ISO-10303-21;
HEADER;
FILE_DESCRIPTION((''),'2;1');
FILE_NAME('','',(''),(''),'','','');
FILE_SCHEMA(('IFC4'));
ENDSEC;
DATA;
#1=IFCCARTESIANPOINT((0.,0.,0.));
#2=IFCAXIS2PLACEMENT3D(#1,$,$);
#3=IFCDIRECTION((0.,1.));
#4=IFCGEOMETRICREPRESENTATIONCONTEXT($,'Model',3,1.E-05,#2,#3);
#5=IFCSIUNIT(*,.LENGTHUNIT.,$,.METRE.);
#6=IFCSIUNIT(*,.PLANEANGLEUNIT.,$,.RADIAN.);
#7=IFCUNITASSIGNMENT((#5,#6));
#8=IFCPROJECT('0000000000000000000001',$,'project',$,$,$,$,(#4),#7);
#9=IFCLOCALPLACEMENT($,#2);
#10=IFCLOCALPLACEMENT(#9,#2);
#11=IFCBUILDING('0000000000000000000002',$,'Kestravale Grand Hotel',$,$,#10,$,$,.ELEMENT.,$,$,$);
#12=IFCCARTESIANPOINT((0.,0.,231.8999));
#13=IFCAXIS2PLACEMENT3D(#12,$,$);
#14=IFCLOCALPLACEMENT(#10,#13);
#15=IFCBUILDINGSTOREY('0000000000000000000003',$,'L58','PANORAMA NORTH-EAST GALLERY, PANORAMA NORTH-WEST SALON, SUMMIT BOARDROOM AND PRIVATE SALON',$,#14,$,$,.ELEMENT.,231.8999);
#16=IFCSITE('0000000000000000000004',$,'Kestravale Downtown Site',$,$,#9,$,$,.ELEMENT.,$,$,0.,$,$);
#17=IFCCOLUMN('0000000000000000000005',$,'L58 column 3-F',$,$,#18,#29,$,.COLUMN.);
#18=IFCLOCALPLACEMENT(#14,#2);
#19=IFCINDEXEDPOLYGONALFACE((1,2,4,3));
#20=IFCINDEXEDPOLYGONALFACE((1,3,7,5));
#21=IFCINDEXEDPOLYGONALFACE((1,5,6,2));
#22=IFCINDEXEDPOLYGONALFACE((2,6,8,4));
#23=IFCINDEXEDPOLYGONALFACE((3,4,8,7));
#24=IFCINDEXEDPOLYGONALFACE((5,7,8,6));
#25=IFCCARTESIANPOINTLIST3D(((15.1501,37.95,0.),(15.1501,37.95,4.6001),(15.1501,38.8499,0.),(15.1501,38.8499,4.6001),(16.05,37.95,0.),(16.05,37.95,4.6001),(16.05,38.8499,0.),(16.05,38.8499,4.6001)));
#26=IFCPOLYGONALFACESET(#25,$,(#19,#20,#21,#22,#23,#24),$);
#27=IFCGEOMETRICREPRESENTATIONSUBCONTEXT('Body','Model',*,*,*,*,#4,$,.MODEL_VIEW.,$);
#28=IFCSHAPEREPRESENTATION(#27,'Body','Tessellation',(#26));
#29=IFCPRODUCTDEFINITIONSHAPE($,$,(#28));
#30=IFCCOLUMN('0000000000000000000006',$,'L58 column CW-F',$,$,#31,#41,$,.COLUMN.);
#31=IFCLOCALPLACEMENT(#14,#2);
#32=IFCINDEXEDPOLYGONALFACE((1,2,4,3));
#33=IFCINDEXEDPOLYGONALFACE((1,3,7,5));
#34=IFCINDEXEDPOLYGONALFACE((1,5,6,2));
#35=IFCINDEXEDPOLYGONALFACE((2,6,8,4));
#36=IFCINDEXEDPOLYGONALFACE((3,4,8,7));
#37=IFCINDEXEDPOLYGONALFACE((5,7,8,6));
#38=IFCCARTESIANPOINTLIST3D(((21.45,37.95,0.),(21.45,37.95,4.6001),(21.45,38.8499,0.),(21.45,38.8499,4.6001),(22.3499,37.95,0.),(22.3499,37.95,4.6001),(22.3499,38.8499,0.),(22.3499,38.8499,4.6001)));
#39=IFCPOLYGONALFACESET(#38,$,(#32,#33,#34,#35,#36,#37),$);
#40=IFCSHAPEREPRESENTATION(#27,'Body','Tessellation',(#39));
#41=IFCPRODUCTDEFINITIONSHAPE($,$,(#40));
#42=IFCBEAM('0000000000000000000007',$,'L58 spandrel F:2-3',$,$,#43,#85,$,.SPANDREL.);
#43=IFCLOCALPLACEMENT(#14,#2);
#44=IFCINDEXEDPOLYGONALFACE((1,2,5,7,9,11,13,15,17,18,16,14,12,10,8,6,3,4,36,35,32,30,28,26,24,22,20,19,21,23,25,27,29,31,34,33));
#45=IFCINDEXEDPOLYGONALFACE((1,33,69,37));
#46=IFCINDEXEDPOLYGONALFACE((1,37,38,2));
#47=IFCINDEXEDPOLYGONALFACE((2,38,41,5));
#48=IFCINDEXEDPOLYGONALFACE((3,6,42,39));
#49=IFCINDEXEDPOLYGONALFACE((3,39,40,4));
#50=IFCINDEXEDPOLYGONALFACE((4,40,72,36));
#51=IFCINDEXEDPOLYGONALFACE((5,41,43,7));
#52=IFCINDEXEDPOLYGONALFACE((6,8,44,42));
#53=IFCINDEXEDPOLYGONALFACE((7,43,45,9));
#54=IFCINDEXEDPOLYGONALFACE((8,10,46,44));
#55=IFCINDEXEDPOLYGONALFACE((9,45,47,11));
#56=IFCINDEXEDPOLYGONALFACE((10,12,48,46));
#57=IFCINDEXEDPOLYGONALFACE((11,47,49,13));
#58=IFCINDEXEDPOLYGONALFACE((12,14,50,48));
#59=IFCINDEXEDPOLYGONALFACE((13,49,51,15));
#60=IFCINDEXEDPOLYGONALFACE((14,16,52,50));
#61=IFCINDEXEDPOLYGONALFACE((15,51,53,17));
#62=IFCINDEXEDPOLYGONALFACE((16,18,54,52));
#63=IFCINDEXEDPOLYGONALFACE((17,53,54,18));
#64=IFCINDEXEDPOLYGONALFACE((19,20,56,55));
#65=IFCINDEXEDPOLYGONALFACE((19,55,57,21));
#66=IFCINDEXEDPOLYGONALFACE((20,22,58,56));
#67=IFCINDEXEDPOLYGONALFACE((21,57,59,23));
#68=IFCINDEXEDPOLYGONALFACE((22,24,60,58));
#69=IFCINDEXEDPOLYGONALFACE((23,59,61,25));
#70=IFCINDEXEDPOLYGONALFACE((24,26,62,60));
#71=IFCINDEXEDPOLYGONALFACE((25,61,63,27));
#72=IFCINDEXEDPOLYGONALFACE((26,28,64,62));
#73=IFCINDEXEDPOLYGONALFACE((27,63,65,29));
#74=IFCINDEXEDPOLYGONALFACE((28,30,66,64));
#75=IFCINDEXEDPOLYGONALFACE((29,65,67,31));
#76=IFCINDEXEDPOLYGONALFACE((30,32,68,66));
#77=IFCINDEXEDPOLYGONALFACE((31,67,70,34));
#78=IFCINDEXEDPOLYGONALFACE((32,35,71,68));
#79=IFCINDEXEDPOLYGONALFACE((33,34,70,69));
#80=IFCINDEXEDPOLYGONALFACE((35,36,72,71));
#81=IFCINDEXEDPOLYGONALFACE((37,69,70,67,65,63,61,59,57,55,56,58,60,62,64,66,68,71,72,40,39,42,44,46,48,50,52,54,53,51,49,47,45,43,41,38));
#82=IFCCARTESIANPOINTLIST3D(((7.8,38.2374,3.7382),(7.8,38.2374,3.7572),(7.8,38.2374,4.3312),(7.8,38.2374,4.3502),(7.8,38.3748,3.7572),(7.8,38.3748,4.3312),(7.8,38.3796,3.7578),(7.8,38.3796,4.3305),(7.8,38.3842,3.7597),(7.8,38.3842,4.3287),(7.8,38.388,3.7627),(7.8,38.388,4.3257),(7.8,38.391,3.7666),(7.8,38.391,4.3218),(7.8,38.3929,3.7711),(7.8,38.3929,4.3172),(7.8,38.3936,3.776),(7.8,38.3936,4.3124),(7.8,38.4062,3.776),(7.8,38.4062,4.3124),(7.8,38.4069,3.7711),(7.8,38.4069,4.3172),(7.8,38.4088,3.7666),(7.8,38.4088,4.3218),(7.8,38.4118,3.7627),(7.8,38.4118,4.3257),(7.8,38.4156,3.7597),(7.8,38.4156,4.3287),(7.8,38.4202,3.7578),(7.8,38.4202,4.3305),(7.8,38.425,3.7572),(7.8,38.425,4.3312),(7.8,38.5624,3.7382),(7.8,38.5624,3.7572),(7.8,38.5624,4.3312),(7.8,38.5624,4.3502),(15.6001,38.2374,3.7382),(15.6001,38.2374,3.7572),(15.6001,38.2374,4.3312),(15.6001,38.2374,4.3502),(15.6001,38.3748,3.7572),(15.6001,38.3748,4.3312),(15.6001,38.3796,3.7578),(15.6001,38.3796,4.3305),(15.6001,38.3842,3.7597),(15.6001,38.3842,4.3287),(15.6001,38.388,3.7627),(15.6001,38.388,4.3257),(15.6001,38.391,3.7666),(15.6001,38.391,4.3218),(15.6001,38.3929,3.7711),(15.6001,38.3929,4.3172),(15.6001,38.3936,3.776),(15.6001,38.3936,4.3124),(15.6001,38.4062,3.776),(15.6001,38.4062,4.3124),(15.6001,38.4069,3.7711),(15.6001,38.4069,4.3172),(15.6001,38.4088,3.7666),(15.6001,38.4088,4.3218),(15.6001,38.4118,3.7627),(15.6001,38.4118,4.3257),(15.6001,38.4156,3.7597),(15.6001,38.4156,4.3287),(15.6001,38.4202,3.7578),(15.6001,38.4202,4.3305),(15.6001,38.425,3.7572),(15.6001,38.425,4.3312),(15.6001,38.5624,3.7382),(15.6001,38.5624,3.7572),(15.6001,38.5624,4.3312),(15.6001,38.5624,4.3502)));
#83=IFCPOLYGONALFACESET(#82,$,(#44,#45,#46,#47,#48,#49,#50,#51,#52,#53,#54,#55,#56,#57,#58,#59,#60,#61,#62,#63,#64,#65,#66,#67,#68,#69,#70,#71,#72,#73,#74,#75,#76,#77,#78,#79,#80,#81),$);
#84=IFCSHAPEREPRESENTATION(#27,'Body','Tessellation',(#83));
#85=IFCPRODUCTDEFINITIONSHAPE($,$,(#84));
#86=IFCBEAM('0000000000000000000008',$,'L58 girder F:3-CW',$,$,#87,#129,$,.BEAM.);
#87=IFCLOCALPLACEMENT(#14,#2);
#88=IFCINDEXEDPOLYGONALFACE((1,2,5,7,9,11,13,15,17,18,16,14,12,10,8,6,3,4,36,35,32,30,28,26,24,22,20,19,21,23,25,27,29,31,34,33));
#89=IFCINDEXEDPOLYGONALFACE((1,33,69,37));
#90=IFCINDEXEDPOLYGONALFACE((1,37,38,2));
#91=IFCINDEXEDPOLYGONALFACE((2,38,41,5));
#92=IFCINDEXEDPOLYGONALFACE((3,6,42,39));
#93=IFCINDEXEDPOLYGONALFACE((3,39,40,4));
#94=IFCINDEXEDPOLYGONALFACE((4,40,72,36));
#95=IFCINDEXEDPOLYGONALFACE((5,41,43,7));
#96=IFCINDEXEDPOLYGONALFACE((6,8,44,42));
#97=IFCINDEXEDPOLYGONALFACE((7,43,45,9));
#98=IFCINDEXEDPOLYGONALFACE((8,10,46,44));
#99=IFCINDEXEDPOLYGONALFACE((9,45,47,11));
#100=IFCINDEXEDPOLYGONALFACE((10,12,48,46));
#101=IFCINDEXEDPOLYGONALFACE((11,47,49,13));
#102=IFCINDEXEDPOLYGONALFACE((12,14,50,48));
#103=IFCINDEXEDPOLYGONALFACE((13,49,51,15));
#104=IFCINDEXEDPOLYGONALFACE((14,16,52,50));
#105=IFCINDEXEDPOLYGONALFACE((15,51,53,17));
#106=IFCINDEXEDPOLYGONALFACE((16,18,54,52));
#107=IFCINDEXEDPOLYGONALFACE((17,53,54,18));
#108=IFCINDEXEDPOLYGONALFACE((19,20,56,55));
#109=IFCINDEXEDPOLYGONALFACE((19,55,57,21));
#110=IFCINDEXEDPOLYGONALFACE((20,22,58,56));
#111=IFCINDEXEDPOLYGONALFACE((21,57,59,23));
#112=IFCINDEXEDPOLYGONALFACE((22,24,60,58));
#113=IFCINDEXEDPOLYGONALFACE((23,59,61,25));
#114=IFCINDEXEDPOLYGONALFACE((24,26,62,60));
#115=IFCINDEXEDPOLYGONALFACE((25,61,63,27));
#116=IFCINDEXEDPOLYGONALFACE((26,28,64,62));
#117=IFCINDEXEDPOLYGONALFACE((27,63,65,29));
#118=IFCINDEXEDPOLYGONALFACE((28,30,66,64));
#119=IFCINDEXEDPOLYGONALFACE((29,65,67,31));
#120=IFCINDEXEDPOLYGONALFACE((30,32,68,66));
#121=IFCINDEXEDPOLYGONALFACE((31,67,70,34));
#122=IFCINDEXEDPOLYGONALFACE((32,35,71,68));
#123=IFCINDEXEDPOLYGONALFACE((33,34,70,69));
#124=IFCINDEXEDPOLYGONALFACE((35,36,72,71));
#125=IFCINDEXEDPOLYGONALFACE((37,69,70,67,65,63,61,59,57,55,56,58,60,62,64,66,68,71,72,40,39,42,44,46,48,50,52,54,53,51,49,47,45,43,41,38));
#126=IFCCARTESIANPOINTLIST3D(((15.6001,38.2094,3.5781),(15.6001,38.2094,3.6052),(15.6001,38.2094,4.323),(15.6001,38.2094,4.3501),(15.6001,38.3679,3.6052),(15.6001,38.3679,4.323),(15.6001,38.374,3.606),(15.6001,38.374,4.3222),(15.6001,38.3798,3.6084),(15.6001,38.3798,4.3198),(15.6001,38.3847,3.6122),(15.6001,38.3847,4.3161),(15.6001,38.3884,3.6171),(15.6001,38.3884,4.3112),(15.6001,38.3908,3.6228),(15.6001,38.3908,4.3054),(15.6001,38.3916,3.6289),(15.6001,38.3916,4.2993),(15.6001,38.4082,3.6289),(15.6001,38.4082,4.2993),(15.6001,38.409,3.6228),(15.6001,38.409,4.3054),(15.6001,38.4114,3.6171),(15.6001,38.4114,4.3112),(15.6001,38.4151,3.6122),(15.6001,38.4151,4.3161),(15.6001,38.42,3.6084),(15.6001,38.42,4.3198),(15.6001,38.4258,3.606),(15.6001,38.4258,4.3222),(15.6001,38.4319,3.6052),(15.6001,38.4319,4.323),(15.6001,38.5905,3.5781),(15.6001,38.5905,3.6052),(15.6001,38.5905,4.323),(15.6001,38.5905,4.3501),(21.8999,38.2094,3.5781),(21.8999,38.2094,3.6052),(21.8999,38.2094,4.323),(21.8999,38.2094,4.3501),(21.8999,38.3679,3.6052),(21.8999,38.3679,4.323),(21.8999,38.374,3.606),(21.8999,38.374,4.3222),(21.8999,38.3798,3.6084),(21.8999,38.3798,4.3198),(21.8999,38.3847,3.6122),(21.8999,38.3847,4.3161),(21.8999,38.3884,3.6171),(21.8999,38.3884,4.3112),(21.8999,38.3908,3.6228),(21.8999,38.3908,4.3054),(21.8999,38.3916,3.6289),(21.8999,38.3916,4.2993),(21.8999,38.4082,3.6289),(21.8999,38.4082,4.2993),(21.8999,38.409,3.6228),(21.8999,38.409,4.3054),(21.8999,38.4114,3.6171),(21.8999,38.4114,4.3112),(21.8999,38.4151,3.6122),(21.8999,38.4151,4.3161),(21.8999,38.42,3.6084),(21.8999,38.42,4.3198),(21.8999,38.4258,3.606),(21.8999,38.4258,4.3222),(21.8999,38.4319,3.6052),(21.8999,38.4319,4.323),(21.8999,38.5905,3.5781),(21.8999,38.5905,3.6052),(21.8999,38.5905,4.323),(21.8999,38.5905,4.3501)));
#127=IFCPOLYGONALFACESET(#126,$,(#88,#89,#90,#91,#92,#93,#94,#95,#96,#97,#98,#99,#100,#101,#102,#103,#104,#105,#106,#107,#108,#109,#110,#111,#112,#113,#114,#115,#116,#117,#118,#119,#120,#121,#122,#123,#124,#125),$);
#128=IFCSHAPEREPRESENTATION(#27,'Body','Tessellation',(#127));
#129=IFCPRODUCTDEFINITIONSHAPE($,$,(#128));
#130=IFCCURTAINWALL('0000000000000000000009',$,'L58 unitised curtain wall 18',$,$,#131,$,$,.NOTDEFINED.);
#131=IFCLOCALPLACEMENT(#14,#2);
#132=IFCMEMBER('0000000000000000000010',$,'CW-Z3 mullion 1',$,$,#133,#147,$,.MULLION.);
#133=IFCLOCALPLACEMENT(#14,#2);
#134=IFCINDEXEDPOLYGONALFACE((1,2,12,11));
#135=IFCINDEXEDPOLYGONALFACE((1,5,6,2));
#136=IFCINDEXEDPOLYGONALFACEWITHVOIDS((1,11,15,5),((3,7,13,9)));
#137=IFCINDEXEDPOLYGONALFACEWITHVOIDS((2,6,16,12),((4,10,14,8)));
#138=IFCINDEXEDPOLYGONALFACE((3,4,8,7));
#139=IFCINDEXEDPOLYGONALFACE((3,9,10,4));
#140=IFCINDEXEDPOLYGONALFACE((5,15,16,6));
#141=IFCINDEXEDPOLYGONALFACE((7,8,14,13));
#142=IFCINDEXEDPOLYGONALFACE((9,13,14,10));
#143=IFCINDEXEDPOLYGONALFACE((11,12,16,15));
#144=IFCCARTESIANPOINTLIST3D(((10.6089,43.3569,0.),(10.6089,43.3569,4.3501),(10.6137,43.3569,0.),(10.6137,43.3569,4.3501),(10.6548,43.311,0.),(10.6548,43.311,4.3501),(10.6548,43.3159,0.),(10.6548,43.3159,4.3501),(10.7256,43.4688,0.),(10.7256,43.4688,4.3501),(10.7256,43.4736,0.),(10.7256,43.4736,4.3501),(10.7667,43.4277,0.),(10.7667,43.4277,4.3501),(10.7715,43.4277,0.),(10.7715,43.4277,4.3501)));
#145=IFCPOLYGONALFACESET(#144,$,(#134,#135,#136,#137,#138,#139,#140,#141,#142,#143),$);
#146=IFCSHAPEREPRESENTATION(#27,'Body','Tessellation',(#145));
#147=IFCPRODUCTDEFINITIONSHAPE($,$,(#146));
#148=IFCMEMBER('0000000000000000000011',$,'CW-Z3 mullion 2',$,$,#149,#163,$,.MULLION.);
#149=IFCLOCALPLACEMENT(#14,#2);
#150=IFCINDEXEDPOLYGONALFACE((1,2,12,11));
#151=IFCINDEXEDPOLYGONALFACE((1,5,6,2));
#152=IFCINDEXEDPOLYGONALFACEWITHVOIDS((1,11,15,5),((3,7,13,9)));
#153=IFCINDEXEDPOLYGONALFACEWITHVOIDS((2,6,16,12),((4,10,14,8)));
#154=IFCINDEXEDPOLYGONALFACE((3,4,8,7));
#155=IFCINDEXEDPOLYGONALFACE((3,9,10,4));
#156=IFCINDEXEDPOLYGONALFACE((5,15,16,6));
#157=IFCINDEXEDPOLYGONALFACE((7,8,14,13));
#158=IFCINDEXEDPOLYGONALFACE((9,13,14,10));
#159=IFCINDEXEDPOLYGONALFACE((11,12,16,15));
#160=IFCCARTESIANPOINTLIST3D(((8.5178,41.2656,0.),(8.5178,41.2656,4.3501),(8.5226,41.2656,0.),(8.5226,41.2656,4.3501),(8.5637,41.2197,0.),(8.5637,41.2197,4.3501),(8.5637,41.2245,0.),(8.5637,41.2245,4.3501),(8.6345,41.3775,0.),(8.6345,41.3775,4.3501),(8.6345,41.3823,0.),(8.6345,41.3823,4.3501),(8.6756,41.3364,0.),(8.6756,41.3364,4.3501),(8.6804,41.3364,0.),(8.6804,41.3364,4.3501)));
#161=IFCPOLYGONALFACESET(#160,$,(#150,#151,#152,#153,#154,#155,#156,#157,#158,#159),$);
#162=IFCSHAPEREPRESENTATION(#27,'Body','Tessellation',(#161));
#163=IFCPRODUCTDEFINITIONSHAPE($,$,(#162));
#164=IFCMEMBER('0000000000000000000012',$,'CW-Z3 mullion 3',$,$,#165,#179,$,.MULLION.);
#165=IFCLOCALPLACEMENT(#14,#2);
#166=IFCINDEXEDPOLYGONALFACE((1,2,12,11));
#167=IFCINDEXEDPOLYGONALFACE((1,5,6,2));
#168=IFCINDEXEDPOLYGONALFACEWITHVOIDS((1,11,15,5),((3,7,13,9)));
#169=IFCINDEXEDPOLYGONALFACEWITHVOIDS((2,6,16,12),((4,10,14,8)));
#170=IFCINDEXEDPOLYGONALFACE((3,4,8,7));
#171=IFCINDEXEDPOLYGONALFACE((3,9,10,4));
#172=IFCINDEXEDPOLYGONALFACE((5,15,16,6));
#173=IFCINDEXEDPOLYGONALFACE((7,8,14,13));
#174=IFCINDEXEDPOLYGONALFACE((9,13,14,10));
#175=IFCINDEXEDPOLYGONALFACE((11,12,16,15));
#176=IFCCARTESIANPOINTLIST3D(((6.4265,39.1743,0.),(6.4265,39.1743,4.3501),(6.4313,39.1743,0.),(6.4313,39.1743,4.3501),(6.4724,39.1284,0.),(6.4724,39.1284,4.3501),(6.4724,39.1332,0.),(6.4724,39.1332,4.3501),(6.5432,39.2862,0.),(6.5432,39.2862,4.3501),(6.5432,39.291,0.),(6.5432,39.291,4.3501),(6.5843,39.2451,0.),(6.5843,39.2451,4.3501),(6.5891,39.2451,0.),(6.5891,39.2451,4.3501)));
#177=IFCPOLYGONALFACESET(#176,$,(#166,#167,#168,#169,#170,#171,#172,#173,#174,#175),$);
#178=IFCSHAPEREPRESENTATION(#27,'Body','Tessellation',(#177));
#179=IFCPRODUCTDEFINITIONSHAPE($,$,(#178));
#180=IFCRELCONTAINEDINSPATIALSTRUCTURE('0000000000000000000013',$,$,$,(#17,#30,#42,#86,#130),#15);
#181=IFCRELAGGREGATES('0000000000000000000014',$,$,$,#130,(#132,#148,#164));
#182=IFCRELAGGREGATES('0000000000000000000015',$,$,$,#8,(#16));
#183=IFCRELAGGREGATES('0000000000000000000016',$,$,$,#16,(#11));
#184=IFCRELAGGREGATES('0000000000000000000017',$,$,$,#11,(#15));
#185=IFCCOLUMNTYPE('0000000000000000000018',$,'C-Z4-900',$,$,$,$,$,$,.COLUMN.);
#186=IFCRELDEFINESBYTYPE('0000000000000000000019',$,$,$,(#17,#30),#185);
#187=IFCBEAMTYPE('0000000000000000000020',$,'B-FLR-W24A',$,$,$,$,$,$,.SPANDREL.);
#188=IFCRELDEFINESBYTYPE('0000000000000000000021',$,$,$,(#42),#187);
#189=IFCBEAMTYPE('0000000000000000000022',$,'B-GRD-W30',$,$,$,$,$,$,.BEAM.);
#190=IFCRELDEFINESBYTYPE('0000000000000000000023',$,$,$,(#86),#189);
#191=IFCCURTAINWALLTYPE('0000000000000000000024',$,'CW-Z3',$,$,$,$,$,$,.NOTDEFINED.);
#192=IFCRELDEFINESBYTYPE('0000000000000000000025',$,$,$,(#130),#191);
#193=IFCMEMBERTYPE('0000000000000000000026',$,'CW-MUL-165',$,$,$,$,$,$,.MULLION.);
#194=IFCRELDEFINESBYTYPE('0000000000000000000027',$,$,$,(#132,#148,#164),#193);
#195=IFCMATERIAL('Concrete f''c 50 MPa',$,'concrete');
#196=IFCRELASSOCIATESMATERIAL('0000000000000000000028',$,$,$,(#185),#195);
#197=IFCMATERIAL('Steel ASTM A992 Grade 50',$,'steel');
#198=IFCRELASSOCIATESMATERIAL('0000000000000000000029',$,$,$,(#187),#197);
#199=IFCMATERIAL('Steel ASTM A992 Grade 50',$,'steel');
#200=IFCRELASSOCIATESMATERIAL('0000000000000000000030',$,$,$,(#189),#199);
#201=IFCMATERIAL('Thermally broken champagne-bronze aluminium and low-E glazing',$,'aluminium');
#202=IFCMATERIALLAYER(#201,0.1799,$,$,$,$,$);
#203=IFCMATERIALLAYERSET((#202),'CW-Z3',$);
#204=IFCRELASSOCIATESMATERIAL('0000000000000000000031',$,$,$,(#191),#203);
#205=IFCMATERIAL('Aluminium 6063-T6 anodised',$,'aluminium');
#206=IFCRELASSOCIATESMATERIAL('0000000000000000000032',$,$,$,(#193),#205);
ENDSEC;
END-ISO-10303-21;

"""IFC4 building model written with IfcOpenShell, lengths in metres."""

from ifc_helpers import new_model, si_unit, direction, frame, origin, origin_2d, place, context, subcontext, project, spatial, rectangle, hollow_rectangle, i_section, extrude, material, layer, layer_set, material_profile, profile_set, type_object, element, aggregate, save


model = new_model("IFC4")

# Units and contexts
model_context = context("Model", 3, precision=1e-05, world=origin(), true_north=direction((0.0, 1.0)))
body_context = subcontext(model_context, "Body", "Model", "MODEL_VIEW")
ifc_project = project(units=[si_unit("LENGTHUNIT", "METRE"), si_unit("PLANEANGLEUNIT", "RADIAN")], contexts=[model_context])

# Site, building, storey
site_placement = place(None, origin())
site = spatial("IfcSite", under=ifc_project, at=site_placement, Name="Kestravale Downtown Site", CompositionType="ELEMENT", RefElevation=0.0)
building_placement = place(site_placement, origin())
building = spatial("IfcBuilding", under=site, at=building_placement, Name="Kestravale Grand Hotel", CompositionType="ELEMENT")
storey_placement = place(building_placement, frame((0.0, 0.0, 231.8999)))
storey = spatial("IfcBuildingStorey", under=building, at=storey_placement, Name="L58", Description="PANORAMA NORTH-EAST GALLERY, PANORAMA NORTH-WEST SALON, SUMMIT BOARDROOM AND PRIVATE SALON", CompositionType="ELEMENT", Elevation=231.8999)

# Columns
ifc_material_1 = material(Name="Concrete f'c 50 MPa", Category="concrete")
ifc_material_profile_1 = material_profile(ifc_material_1, rectangle(XDim=0.8999, YDim=0.8999, at=origin_2d()))
ifc_profile_set_1 = profile_set([ifc_material_profile_1], Name="Concrete f'c 50 MPa")
column_type = type_object("IfcColumnType", Name="C-Z4-900", PredefinedType="COLUMN", material=ifc_profile_set_1)
for number, where, z_axis, x_axis, name in (
    (1, (15.6001, 38.3999, 0.0), (0.0, 0.0, 1.0), (1.0, 0.0, 0.0), "L58 column 3-F"),
    (2, (21.8999, 38.3999, 0.0), (0.0, 0.0, 1.0), (1.0, 0.0, 0.0), "L58 column CW-F"),
):
    element("IfcColumn", number, at=place(storey_placement, frame(where, z_axis=z_axis, x_axis=x_axis)), inside=storey, type_object=column_type, Name=name, PredefinedType="COLUMN", context=body_context, shape_type="SweptSolid", body=[
        extrude(rectangle(XDim=0.8999, YDim=0.8999, at=origin_2d()), origin(), (0.0, 0.0, 1.0), 4.6001),
    ])

# Beams
ifc_material_2 = material(Name="Steel ASTM A992 Grade 50", Category="steel")
ifc_material_profile_2 = material_profile(ifc_material_2, i_section(OverallWidth=0.325, OverallDepth=0.6121, WebThickness=0.0127, FlangeThickness=0.019, FilletRadius=0.0188, at=origin_2d()))
ifc_profile_set_2 = profile_set([ifc_material_profile_2], Name="Steel ASTM A992 Grade 50")
beam_type_1 = type_object("IfcBeamType", Name="B-FLR-W24A", PredefinedType="SPANDREL", material=ifc_profile_set_2)
beam_1_placement = place(storey_placement, frame((7.8, 38.3999, 4.0442), z_axis=(1.0, 0.0, 0.0), x_axis=(0.0, 1.0, 0.0)))
element("IfcBeam", 3, at=beam_1_placement, inside=storey, type_object=beam_type_1, Name="L58 spandrel F:2-3", PredefinedType="SPANDREL", context=body_context, shape_type="SweptSolid", body=[
    extrude(i_section(OverallWidth=0.325, OverallDepth=0.6121, WebThickness=0.0127, FlangeThickness=0.019, FilletRadius=0.0188, at=origin_2d()), origin(), (0.0, 0.0, 1.0), 7.8),
])
ifc_material_3 = material(Name="Steel ASTM A992 Grade 50", Category="steel")
ifc_material_profile_3 = material_profile(ifc_material_3, i_section(OverallWidth=0.3811, OverallDepth=0.772, WebThickness=0.0166, FlangeThickness=0.0271, FilletRadius=0.0237, at=origin_2d()))
ifc_profile_set_3 = profile_set([ifc_material_profile_3], Name="Steel ASTM A992 Grade 50")
beam_type_2 = type_object("IfcBeamType", Name="B-GRD-W30", PredefinedType="BEAM", material=ifc_profile_set_3)
beam_2_placement = place(storey_placement, frame((15.6001, 38.3999, 3.9641), z_axis=(1.0, 0.0, 0.0), x_axis=(0.0, 1.0, 0.0)))
element("IfcBeam", 4, at=beam_2_placement, inside=storey, type_object=beam_type_2, Name="L58 girder F:3-CW", PredefinedType="BEAM", context=body_context, shape_type="SweptSolid", body=[
    extrude(i_section(OverallWidth=0.3811, OverallDepth=0.772, WebThickness=0.0166, FlangeThickness=0.0271, FilletRadius=0.0237, at=origin_2d()), origin(), (0.0, 0.0, 1.0), 6.2998),
])

# Curtain wall, members
ifc_material_4 = material(Name="Thermally broken champagne-bronze aluminium and low-E glazing", Category="aluminium")
ifc_layer_1 = layer(ifc_material_4, 0.1799)
ifc_layer_set_1 = layer_set([ifc_layer_1], Name="CW-Z3")
curtain_wall_type = type_object("IfcCurtainWallType", Name="CW-Z3", PredefinedType="NOTDEFINED", material=ifc_layer_set_1)
curtain_wall_placement = place(storey_placement, origin())
curtain_wall = element("IfcCurtainWall", 5, at=curtain_wall_placement, inside=storey, type_object=curtain_wall_type, Name="L58 unitised curtain wall 18", PredefinedType="NOTDEFINED")
ifc_material_5 = material(Name="Aluminium 6063-T6 anodised", Category="aluminium")
ifc_material_profile_4 = material_profile(ifc_material_5, hollow_rectangle(XDim=0.0649, YDim=0.165, WallThickness=0.0034, at=origin_2d()))
ifc_profile_set_4 = profile_set([ifc_material_profile_4], Name="Aluminium 6063-T6 anodised")
member_type_1 = type_object("IfcMemberType", Name="CW-MUL-165", PredefinedType="MULLION", material=ifc_profile_set_4)
member_1_placement = place(storey_placement, frame((10.6902, 43.3923, 0.0), z_axis=(0.0, 0.0, 1.0), x_axis=(0.707107, -0.707107, 0.0)))
member_1 = element("IfcMember", 6, at=member_1_placement, type_object=member_type_1, Name="CW-Z3 mullion 1", PredefinedType="MULLION", context=body_context, shape_type="SweptSolid", body=[
    extrude(hollow_rectangle(XDim=0.0649, YDim=0.165, WallThickness=0.0034, at=origin_2d()), origin(), (0.0, 0.0, 1.0), 4.3501),
])
member_2_placement = place(storey_placement, frame((8.5991, 41.301, 0.0), z_axis=(0.0, 0.0, 1.0), x_axis=(0.707107, -0.707107, 0.0)))
member_2 = element("IfcMember", 7, at=member_2_placement, type_object=member_type_1, Name="CW-Z3 mullion 2", PredefinedType="MULLION", context=body_context, shape_type="SweptSolid", body=[
    extrude(hollow_rectangle(XDim=0.0649, YDim=0.165, WallThickness=0.0034, at=origin_2d()), origin(), (0.0, 0.0, 1.0), 4.3501),
])
member_3_placement = place(storey_placement, frame((6.5078, 39.2097, 0.0), z_axis=(0.0, 0.0, 1.0), x_axis=(0.707107, -0.707107, 0.0)))
member_3 = element("IfcMember", 8, at=member_3_placement, type_object=member_type_1, Name="CW-Z3 mullion 3", PredefinedType="MULLION", context=body_context, shape_type="SweptSolid", body=[
    extrude(hollow_rectangle(XDim=0.0649, YDim=0.165, WallThickness=0.0034, at=origin_2d()), origin(), (0.0, 0.0, 1.0), 4.3501),
])
aggregate(curtain_wall, [member_1, member_2, member_3])

save(model, "model.ifc")
